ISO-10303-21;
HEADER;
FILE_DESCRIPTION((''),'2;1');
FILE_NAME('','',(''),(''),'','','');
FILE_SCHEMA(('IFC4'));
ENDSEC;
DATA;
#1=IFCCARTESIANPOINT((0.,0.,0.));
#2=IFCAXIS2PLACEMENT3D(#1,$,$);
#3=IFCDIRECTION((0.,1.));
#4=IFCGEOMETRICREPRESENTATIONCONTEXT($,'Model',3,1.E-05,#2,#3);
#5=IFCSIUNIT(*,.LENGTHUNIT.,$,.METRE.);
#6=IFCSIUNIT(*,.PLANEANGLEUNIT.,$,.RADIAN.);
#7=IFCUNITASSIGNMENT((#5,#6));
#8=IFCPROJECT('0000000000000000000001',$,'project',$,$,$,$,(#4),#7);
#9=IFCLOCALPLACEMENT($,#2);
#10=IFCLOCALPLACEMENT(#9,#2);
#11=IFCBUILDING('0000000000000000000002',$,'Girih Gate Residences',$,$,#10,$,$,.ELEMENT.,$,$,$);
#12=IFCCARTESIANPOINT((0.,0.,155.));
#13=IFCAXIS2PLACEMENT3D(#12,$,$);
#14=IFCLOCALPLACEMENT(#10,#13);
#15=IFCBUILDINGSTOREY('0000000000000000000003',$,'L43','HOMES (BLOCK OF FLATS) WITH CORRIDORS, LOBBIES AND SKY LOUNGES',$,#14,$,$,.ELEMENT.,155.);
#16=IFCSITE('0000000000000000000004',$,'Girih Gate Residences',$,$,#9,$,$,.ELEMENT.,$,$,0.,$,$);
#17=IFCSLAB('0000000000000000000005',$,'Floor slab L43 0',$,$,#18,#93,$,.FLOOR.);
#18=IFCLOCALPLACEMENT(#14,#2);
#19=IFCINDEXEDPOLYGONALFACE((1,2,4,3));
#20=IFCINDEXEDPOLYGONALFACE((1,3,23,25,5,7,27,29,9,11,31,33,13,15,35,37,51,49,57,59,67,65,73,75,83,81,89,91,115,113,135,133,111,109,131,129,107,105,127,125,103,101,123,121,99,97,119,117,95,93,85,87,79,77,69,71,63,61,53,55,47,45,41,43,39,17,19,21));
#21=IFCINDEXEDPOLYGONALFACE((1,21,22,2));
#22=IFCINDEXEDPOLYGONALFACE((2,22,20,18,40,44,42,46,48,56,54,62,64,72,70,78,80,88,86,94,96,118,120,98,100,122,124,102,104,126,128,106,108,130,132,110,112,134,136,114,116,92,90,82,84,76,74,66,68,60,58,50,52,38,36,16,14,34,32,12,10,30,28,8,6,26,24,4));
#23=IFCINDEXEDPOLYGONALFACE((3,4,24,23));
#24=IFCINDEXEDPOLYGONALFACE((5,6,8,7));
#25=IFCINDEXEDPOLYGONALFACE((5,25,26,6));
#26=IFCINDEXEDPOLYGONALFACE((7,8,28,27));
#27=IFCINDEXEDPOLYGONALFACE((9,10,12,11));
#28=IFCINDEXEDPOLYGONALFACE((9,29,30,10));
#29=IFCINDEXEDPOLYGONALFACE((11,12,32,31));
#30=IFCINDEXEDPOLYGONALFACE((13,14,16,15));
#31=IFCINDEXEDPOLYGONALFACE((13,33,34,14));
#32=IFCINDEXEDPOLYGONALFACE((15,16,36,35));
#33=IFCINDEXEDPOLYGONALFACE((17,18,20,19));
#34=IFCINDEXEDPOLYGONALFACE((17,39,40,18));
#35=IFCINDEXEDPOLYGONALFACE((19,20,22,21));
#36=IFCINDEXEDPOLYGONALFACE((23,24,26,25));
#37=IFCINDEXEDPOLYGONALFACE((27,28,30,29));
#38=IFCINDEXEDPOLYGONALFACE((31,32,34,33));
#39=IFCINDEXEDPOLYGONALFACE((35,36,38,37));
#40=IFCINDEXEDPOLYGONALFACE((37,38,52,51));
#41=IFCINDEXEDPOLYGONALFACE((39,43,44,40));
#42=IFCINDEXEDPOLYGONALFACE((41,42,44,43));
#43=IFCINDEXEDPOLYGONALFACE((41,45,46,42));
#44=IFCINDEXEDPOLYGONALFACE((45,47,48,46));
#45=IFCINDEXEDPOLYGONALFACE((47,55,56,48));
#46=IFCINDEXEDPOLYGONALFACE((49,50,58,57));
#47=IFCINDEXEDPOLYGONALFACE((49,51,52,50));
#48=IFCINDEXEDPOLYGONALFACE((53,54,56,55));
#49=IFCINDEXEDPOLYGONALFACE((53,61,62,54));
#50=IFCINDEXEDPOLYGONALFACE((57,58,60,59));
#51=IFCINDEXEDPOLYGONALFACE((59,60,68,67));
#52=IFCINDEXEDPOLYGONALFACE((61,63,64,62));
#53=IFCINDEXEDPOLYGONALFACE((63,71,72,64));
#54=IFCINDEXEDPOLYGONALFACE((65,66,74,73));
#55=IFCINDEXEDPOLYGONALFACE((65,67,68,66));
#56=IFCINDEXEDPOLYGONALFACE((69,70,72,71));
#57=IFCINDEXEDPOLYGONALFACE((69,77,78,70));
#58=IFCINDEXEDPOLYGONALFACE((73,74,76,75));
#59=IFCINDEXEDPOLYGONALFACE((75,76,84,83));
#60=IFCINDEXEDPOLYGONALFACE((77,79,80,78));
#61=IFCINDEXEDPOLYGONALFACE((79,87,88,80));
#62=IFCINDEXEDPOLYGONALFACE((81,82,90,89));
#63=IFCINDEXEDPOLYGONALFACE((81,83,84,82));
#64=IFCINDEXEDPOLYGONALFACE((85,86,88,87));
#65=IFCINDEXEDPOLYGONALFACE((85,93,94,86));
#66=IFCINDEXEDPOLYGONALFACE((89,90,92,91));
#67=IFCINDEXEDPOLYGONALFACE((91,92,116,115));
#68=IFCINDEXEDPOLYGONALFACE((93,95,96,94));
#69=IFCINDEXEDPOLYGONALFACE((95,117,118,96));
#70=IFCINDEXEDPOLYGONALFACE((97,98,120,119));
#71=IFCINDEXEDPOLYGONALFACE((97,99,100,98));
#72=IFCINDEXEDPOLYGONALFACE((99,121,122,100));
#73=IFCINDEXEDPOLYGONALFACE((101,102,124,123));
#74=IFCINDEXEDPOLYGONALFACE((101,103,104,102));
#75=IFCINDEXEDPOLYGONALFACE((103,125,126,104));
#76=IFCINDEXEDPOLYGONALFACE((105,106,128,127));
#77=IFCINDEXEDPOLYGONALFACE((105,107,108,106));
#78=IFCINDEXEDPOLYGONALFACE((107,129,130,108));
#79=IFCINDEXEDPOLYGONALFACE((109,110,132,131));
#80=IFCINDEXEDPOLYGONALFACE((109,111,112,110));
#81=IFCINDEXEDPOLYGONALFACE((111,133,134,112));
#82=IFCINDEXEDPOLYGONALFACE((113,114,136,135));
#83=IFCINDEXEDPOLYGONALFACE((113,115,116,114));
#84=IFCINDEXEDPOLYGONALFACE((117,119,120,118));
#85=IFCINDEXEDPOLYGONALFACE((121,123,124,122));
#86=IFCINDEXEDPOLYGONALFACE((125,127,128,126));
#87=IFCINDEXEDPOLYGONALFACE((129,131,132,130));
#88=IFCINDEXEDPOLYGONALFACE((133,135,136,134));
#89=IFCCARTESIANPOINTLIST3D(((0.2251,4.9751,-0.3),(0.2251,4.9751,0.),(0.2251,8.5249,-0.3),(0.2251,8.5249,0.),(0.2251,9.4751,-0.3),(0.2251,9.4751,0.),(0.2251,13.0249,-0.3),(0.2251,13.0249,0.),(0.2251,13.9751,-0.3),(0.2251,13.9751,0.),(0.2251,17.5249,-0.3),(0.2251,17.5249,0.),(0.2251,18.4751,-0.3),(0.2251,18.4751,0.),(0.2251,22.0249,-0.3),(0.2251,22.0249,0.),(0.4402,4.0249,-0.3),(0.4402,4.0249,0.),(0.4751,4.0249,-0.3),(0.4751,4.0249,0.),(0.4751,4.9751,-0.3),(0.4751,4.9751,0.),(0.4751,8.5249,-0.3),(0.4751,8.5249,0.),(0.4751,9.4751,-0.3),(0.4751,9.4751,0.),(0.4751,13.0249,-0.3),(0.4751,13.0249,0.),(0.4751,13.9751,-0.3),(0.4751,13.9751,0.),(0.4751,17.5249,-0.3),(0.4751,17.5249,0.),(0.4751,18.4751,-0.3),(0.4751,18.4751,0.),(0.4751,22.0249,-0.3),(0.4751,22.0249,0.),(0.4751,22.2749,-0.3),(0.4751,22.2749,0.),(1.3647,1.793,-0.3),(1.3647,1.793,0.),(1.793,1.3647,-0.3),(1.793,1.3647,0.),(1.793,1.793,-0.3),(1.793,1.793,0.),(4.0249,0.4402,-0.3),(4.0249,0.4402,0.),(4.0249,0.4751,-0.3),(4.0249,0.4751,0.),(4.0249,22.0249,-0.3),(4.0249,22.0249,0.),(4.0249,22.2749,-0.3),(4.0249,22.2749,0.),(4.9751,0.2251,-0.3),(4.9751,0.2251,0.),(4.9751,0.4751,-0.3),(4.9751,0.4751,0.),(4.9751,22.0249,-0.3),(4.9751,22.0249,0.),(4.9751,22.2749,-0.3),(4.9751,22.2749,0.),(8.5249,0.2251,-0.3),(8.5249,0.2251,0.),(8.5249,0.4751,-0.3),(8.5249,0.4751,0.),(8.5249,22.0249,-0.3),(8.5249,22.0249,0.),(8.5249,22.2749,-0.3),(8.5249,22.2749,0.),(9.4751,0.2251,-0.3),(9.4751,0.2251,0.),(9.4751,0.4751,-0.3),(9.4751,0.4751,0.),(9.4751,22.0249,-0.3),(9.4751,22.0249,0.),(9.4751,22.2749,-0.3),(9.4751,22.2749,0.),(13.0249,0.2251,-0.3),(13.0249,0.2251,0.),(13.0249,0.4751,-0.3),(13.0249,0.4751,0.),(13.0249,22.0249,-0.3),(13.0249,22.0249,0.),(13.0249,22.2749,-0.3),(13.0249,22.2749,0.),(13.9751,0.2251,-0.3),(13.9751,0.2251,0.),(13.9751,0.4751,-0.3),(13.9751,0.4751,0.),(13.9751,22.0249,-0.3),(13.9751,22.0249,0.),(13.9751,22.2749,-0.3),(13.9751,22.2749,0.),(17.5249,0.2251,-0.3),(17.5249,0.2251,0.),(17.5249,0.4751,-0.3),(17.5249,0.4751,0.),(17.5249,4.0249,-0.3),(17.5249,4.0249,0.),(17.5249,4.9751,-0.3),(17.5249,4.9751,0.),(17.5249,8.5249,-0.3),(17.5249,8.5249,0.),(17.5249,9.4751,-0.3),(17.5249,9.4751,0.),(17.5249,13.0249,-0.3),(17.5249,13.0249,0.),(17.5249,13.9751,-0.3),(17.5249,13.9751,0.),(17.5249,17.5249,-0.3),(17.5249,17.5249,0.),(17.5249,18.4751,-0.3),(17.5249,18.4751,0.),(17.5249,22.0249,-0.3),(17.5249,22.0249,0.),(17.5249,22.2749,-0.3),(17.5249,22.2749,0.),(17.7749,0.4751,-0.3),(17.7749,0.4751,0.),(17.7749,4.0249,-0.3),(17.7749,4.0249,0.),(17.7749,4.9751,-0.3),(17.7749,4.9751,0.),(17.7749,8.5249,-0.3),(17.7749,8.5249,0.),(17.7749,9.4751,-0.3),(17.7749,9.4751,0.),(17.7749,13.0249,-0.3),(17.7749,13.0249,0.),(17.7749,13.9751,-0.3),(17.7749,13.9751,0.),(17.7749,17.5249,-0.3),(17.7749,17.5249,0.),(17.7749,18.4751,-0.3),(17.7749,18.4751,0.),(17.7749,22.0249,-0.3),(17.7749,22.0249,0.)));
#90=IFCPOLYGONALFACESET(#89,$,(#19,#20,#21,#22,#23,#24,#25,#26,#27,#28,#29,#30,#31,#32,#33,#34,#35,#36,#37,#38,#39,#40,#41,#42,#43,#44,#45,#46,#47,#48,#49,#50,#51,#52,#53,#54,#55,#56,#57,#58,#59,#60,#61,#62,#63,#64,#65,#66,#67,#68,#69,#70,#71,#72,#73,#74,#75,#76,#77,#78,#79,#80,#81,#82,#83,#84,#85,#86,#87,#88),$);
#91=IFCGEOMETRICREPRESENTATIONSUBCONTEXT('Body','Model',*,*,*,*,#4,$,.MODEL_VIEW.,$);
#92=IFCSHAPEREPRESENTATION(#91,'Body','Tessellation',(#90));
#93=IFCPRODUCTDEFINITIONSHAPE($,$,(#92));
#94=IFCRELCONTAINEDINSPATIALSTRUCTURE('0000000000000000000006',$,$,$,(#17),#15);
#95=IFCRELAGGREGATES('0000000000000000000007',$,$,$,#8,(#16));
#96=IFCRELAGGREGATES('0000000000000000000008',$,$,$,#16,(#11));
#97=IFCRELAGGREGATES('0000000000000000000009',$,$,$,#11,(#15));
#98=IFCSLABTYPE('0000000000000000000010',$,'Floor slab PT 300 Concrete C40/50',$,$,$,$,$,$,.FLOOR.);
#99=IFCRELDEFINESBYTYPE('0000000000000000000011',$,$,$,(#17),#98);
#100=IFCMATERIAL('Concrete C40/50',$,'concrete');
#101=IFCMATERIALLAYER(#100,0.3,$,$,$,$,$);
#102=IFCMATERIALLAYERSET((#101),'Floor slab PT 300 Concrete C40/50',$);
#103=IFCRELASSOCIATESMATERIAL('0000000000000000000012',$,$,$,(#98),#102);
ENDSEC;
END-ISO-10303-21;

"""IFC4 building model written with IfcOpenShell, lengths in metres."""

from ifc_helpers import new_model, si_unit, direction, frame, origin, place, context, subcontext, project, spatial, polyline, outline, extrude, material, layer, layer_set, type_object, element, save


model = new_model("IFC4")

# Units and contexts
model_context = context("Model", 3, precision=1e-05, world=origin(), true_north=direction((0.0, 1.0)))
body_context = subcontext(model_context, "Body", "Model", "MODEL_VIEW")
ifc_project = project(units=[si_unit("LENGTHUNIT", "METRE"), si_unit("PLANEANGLEUNIT", "RADIAN")], contexts=[model_context])

# Site, building, storey
site_placement = place(None, origin())
site = spatial("IfcSite", under=ifc_project, at=site_placement, Name="Girih Gate Residences", CompositionType="ELEMENT", RefElevation=0.0)
building_placement = place(site_placement, origin())
building = spatial("IfcBuilding", under=site, at=building_placement, Name="Girih Gate Residences", CompositionType="ELEMENT")
storey_placement = place(building_placement, frame((0.0, 0.0, 155.0)))
storey = spatial("IfcBuildingStorey", under=building, at=storey_placement, Name="L43", Description="HOMES (BLOCK OF FLATS) WITH CORRIDORS, LOBBIES AND SKY LOUNGES", CompositionType="ELEMENT", Elevation=155.0)

# Slab
ifc_material_1 = material(Name="Concrete C40/50", Category="concrete")
ifc_layer_1 = layer(ifc_material_1, 0.3)
ifc_layer_set_1 = layer_set([ifc_layer_1], Name="Floor slab PT 300 Concrete C40/50")
slab_type_1 = type_object("IfcSlabType", Name="Floor slab PT 300 Concrete C40/50", PredefinedType="FLOOR", material=ifc_layer_set_1)
slab_1_placement = place(storey_placement, frame((0.0, 0.0, -0.3)))
element("IfcSlab", 1, at=slab_1_placement, inside=storey, type_object=slab_type_1, Name="Floor slab L43 0", PredefinedType="FLOOR", context=body_context, shape_type="SweptSolid", body=[
    extrude(outline(polyline([(13.9751, 0.2251), (17.5249, 0.2251), (17.5249, 0.4751), (17.7749, 0.4751), (17.7749, 4.0249), (17.5249, 4.0249), (17.5249, 4.9751), (17.7749, 4.9751), (17.7749, 8.5249), (17.5249, 8.5249), (17.5249, 9.4751), (17.7749, 9.4751), (17.7749, 13.0249), (17.5249, 13.0249), (17.5249, 13.9751), (17.7749, 13.9751), (17.7749, 17.5249), (17.5249, 17.5249), (17.5249, 18.4751), (17.7749, 18.4751), (17.7749, 22.0249), (17.5249, 22.0249), (17.5249, 22.2749), (13.9751, 22.2749), (13.9751, 22.0249), (13.0249, 22.0249), (13.0249, 22.2749), (9.4751, 22.2749), (9.4751, 22.0249), (8.5249, 22.0249), (8.5249, 22.2749), (4.9751, 22.2749), (4.9751, 22.0249), (4.0249, 22.0249), (4.0249, 22.2749), (0.4751, 22.2749), (0.4751, 22.0249), (0.2251, 22.0249), (0.2251, 18.4751), (0.4751, 18.4751), (0.4751, 17.5249), (0.2251, 17.5249), (0.2251, 13.9751), (0.4751, 13.9751), (0.4751, 13.0249), (0.2251, 13.0249), (0.2251, 9.4751), (0.4751, 9.4751), (0.4751, 8.5249), (0.2251, 8.5249), (0.2251, 4.9751), (0.4751, 4.9751), (0.4751, 4.0249), (0.4402, 4.0249), (1.3647, 1.793), (1.793, 1.793), (1.793, 1.3647), (4.0249, 0.4402), (4.0249, 0.4751), (4.9751, 0.4751), (4.9751, 0.2251), (8.5249, 0.2251), (8.5249, 0.4751), (9.4751, 0.4751), (9.4751, 0.2251), (13.0249, 0.2251), (13.0249, 0.4751), (13.9751, 0.4751), (13.9751, 0.2251)])), origin(), (0.0, 0.0, 1.0), 0.3),
])

save(model, "model.ifc")
